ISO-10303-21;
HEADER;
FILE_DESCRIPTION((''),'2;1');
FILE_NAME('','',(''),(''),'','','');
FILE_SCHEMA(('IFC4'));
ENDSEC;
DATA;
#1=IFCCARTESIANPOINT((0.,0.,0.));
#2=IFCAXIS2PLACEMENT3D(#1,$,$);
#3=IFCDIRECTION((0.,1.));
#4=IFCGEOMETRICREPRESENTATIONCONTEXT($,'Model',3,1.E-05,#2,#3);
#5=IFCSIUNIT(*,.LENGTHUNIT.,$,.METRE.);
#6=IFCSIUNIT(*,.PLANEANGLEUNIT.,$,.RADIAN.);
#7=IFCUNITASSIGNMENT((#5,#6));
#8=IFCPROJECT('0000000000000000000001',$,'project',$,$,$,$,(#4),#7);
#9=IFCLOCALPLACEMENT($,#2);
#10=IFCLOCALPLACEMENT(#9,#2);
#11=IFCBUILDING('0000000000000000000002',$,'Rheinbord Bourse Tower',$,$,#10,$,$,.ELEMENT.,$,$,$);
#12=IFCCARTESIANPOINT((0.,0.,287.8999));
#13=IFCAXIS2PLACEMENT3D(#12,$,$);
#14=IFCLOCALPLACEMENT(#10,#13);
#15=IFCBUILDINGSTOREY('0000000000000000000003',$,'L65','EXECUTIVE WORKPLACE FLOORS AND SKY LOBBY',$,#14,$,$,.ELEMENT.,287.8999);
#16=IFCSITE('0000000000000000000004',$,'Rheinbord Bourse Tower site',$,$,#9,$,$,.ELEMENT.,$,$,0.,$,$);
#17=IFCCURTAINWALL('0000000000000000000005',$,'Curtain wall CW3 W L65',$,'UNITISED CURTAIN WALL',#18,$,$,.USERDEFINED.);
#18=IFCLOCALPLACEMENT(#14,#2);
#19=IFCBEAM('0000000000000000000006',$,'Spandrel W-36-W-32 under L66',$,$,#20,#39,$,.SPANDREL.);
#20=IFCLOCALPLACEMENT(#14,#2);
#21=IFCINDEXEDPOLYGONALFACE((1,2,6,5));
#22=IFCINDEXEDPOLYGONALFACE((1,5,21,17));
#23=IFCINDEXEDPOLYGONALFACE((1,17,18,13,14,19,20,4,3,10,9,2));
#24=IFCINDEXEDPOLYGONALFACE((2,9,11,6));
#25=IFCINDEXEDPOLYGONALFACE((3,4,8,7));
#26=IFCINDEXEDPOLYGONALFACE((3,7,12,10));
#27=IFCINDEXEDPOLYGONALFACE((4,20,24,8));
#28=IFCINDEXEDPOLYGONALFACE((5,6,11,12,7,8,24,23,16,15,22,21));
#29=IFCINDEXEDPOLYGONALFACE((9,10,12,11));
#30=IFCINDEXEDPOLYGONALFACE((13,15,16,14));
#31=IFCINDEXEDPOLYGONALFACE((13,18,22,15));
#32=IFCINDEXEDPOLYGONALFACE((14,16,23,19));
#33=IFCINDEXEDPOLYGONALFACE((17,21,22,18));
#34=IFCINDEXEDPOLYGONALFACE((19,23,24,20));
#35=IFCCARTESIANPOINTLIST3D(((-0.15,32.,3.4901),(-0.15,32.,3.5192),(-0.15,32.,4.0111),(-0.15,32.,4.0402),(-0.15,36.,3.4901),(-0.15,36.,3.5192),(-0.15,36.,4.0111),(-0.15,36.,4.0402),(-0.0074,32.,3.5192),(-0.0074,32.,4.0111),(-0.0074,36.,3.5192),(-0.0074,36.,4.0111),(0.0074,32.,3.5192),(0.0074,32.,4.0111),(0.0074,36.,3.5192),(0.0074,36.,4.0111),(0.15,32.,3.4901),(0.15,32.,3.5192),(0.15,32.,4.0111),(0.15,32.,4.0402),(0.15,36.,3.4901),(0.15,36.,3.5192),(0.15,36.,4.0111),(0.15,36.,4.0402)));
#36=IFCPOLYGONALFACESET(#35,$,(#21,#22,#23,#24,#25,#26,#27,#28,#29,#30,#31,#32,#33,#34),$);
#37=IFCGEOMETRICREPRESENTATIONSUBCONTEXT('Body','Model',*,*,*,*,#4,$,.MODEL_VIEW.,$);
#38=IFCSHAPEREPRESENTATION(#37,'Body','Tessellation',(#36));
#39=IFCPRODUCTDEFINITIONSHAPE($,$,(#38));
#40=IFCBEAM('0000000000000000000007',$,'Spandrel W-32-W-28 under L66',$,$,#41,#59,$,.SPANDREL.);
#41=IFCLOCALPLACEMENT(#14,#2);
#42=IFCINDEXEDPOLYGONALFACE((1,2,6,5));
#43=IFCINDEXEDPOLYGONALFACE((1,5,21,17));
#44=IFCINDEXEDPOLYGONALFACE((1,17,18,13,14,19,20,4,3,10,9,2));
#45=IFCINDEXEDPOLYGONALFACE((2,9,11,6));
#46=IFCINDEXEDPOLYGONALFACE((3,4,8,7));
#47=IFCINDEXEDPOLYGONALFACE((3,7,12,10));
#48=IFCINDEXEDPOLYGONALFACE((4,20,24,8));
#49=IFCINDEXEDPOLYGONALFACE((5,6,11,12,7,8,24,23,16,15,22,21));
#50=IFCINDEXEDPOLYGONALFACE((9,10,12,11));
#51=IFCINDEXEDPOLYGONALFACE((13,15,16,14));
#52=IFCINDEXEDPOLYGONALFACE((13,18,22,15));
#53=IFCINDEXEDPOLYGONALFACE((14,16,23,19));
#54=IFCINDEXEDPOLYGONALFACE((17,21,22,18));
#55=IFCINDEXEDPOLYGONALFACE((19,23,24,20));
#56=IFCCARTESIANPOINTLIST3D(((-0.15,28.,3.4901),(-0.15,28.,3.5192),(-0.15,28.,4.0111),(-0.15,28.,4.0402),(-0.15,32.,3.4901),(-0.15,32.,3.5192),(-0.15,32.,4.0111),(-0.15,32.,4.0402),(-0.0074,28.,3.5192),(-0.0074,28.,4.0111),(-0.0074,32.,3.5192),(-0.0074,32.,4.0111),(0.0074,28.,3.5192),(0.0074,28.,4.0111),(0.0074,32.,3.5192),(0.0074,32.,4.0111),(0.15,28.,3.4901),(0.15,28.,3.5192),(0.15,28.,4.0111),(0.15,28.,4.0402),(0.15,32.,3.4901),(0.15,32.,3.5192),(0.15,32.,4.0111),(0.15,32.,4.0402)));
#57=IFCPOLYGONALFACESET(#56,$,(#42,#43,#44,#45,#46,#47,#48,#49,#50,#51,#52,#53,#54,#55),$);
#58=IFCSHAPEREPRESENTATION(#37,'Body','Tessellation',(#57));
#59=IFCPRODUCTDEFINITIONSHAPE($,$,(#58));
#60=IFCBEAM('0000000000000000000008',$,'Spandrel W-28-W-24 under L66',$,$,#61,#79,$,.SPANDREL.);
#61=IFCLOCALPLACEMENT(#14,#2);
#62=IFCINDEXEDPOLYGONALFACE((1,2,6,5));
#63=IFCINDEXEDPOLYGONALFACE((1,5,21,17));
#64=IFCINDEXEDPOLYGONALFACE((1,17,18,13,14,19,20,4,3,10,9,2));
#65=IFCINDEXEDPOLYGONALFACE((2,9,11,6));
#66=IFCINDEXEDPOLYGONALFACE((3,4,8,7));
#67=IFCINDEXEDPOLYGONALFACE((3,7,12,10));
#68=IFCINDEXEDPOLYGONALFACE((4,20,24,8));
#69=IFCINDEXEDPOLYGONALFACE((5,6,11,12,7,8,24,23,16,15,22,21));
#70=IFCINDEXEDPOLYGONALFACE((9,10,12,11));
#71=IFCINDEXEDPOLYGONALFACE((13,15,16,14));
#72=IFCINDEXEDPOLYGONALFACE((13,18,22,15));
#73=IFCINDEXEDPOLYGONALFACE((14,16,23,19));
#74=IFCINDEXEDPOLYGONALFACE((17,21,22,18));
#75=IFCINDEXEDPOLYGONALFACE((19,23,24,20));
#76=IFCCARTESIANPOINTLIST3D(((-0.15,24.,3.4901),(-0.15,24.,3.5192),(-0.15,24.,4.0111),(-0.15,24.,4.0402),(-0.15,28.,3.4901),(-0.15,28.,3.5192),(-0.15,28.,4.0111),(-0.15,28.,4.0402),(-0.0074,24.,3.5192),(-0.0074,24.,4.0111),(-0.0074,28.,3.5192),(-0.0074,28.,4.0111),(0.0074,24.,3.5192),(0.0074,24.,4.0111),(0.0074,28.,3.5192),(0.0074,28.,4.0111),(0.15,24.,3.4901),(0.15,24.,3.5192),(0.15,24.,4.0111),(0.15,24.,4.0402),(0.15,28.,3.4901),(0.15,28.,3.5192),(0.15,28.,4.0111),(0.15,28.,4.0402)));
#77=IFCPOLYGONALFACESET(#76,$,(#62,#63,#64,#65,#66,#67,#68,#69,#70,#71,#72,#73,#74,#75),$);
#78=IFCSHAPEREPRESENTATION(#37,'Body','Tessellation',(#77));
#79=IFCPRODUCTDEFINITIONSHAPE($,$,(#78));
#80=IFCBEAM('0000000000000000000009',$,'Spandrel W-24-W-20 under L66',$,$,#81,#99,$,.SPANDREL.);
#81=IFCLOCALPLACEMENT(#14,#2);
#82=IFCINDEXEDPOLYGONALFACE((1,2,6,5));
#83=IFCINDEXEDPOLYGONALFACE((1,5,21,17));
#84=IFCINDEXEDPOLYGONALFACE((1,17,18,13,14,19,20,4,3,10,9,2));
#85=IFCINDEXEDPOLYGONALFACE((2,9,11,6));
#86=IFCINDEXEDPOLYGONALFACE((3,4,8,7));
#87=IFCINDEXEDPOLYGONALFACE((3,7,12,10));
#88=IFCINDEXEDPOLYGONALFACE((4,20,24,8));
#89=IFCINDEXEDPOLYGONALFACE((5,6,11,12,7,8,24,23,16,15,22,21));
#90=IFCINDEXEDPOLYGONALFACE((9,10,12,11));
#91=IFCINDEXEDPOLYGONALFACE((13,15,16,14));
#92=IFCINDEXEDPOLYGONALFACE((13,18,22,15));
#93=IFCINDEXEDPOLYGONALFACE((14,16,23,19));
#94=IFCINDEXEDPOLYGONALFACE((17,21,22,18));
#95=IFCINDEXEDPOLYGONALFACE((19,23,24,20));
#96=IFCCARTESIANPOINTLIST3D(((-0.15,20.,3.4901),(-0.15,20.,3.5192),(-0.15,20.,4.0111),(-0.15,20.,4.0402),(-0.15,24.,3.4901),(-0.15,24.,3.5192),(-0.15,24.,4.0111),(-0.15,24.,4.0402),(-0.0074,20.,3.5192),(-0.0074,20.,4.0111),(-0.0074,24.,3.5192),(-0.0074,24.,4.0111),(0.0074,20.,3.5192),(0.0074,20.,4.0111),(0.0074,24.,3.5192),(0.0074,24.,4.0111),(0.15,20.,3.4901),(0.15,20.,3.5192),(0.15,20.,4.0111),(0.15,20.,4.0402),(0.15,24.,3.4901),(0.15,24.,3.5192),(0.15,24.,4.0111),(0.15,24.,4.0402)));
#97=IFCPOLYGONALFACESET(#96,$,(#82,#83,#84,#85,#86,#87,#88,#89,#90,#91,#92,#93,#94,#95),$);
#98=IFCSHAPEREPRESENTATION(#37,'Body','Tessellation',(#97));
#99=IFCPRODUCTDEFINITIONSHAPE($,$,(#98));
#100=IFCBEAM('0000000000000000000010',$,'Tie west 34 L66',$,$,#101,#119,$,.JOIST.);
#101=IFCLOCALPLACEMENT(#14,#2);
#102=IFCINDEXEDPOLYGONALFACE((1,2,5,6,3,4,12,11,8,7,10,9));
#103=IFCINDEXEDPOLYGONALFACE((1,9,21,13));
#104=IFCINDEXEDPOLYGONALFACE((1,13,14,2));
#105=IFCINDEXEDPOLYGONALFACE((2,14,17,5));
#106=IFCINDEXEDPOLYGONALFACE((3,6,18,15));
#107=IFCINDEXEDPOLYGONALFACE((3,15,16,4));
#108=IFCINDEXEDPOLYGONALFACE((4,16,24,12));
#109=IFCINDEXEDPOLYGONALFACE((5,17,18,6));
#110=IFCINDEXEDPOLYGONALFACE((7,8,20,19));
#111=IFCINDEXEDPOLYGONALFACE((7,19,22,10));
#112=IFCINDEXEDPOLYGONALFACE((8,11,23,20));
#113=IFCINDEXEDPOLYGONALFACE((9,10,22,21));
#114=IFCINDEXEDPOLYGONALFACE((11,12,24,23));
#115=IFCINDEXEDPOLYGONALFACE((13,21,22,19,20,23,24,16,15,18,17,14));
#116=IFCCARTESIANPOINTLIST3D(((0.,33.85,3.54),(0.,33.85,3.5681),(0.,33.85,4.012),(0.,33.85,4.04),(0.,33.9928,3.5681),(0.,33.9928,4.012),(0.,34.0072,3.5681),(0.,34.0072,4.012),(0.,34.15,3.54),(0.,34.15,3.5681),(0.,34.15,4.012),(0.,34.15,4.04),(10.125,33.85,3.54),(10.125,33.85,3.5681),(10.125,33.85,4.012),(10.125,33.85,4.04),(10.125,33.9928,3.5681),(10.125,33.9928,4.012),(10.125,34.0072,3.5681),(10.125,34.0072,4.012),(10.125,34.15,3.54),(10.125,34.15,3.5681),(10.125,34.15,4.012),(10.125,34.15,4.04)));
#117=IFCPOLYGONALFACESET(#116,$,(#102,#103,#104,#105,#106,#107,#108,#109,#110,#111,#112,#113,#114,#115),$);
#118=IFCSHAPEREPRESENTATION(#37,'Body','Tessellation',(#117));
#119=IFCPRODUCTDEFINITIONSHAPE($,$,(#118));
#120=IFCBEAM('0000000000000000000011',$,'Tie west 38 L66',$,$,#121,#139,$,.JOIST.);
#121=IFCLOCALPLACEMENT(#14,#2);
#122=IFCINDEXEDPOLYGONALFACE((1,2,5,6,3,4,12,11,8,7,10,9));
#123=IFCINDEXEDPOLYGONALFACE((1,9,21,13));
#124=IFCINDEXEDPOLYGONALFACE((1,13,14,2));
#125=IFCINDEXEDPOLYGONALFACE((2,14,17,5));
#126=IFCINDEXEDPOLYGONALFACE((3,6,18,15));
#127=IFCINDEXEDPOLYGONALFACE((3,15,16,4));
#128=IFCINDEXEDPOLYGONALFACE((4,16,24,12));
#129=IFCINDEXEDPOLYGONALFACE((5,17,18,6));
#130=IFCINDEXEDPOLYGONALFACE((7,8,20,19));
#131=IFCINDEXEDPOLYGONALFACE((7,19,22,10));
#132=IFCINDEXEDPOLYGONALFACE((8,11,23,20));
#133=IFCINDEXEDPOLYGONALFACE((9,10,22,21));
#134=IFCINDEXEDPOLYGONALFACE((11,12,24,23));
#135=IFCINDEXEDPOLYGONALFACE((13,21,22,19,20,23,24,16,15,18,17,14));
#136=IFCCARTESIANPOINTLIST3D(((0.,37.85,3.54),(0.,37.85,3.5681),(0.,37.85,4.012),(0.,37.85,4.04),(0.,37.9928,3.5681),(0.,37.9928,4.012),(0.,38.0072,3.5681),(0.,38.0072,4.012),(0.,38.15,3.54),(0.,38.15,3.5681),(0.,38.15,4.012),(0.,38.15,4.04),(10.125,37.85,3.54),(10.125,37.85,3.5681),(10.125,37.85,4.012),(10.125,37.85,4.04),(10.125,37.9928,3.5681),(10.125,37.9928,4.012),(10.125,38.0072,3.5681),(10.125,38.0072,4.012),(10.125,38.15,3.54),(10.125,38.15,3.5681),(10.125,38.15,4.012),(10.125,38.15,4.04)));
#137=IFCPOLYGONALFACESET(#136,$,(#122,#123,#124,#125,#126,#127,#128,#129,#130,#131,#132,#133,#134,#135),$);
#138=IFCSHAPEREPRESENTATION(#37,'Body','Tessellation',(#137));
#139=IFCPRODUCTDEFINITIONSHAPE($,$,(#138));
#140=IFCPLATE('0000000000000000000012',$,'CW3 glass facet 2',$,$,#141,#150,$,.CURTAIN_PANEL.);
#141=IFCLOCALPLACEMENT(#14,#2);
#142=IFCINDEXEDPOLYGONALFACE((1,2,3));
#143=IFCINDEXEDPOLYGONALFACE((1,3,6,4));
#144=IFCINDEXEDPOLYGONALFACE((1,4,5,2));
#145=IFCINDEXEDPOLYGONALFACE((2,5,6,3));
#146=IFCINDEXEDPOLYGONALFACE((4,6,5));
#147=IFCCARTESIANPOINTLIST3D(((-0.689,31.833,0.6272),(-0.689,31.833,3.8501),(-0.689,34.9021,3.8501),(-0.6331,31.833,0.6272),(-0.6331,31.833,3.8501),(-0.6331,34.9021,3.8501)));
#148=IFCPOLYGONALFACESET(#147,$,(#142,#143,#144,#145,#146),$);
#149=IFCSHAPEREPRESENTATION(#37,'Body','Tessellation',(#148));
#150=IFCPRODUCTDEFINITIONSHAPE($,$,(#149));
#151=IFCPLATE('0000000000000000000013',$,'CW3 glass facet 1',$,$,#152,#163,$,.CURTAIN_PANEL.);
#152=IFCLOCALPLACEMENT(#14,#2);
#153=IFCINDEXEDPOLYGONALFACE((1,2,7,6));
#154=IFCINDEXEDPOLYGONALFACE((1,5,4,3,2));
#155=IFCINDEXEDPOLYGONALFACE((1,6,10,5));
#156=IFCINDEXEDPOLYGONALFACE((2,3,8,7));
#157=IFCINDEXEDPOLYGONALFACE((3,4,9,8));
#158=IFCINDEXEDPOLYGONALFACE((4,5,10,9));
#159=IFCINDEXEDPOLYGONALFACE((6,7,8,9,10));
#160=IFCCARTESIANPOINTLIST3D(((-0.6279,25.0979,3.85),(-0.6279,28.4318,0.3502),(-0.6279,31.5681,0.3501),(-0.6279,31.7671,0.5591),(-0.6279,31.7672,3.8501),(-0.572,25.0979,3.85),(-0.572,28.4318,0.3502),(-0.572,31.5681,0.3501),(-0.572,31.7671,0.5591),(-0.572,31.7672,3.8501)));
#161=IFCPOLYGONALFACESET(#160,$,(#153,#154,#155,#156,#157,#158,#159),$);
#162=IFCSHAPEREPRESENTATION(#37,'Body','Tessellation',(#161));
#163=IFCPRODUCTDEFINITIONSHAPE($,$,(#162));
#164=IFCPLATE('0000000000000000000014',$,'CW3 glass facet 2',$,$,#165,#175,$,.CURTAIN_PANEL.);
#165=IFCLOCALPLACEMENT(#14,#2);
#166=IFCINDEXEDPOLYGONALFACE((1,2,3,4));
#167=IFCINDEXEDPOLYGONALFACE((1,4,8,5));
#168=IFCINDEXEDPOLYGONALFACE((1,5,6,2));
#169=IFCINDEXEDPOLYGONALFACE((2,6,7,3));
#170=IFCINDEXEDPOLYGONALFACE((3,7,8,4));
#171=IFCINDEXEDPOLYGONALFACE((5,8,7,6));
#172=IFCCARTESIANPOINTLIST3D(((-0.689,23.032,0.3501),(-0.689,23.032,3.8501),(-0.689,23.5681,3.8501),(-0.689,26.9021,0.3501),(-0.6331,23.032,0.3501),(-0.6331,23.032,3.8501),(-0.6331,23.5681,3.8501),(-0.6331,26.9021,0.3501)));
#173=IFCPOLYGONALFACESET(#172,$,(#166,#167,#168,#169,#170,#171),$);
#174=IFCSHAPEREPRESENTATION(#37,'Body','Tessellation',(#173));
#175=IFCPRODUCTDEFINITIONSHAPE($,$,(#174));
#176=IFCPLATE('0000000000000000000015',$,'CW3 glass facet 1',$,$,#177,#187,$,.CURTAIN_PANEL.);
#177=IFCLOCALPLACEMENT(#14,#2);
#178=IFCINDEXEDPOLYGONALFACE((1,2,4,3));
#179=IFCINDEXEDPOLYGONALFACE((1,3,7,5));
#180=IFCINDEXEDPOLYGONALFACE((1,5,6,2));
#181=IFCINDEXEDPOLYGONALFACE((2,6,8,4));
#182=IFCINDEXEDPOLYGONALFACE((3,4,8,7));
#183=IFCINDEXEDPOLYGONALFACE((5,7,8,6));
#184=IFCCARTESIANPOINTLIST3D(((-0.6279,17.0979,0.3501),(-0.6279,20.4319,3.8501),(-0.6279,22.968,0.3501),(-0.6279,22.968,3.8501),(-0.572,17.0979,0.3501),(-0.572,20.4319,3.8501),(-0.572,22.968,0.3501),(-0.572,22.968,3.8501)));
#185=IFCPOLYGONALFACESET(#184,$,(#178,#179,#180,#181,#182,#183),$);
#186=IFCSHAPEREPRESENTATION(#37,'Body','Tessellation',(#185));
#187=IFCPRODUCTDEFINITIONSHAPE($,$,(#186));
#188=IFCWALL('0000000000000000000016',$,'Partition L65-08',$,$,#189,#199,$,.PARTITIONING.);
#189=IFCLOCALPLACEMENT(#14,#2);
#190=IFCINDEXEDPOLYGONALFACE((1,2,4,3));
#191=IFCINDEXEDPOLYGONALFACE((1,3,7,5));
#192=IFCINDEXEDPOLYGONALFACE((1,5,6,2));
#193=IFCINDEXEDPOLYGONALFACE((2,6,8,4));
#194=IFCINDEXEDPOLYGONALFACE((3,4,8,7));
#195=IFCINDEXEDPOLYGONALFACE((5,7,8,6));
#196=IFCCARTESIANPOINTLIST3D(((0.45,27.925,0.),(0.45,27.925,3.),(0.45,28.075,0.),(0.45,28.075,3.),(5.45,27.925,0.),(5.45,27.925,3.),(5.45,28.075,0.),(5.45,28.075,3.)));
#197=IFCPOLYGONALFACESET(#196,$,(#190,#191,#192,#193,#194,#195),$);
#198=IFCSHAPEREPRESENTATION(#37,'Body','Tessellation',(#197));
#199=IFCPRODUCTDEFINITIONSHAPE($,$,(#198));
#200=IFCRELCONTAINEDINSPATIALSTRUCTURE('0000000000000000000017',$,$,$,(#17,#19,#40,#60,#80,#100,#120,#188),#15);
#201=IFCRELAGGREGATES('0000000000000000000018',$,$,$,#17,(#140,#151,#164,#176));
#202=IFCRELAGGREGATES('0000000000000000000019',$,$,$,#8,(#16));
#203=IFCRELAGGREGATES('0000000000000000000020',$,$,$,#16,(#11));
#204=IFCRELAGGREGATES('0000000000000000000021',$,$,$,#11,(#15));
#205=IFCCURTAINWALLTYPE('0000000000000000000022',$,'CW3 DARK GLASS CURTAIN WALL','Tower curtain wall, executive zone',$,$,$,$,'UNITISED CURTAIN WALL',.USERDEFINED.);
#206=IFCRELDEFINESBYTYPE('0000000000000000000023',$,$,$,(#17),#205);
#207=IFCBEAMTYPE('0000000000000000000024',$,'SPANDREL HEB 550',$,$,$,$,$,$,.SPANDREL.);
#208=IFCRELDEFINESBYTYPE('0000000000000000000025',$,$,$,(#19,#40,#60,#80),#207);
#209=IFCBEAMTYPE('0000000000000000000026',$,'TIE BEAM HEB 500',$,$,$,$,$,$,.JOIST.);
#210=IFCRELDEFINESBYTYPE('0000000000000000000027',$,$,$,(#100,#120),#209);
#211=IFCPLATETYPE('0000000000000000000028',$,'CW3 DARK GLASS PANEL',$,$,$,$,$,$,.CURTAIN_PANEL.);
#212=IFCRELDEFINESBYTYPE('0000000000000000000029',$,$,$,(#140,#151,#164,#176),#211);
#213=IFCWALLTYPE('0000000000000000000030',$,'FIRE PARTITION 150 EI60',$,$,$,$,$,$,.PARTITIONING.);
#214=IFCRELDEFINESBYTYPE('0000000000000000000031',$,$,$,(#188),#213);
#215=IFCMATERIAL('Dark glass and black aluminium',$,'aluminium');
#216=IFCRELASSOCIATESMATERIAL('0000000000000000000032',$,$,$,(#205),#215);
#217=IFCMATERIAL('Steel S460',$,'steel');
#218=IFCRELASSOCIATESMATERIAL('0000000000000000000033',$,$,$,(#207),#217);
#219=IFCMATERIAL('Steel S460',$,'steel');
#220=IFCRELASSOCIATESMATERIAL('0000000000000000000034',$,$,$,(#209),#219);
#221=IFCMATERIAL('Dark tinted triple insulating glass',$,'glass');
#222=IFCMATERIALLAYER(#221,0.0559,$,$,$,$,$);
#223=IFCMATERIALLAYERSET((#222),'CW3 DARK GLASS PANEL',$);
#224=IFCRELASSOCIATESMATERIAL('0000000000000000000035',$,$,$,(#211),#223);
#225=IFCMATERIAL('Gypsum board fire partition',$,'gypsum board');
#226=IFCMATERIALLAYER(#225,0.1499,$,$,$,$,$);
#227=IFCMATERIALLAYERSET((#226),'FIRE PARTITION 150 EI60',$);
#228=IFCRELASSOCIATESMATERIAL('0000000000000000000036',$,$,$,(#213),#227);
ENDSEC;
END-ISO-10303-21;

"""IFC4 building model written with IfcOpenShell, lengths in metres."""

from ifc_helpers import new_model, si_unit, direction, frame, frame_2d, origin, origin_2d, place, context, subcontext, project, spatial, polyline, rectangle, i_section, outline, extrude, material, layer, layer_set, material_profile, profile_set, type_object, element, aggregate, save


model = new_model("IFC4")

# Units and contexts
model_context = context("Model", 3, precision=1e-05, world=origin(), true_north=direction((0.0, 1.0)))
body_context = subcontext(model_context, "Body", "Model", "MODEL_VIEW")
ifc_project = project(units=[si_unit("LENGTHUNIT", "METRE"), si_unit("PLANEANGLEUNIT", "RADIAN")], contexts=[model_context])

# Site, building, storey
site_placement = place(None, origin())
site = spatial("IfcSite", under=ifc_project, at=site_placement, Name="Rheinbord Bourse Tower site", CompositionType="ELEMENT", RefElevation=0.0)
building_placement = place(site_placement, origin())
building = spatial("IfcBuilding", under=site, at=building_placement, Name="Rheinbord Bourse Tower", CompositionType="ELEMENT")
storey_placement = place(building_placement, frame((0.0, 0.0, 287.8999)))
storey = spatial("IfcBuildingStorey", under=building, at=storey_placement, Name="L65", Description="EXECUTIVE WORKPLACE FLOORS AND SKY LOBBY", CompositionType="ELEMENT", Elevation=287.8999)

# Curtain wall
ifc_material_1 = material(Name="Dark glass and black aluminium", Category="aluminium")
curtain_wall_type = type_object("IfcCurtainWallType", Name="CW3 DARK GLASS CURTAIN WALL", Description="Tower curtain wall, executive zone", ElementType="UNITISED CURTAIN WALL", PredefinedType="USERDEFINED", material=ifc_material_1)
curtain_wall_placement = place(storey_placement, origin())
curtain_wall = element("IfcCurtainWall", 1, at=curtain_wall_placement, inside=storey, type_object=curtain_wall_type, Name="Curtain wall CW3 W L65", ObjectType="UNITISED CURTAIN WALL", PredefinedType="USERDEFINED")

# Beams
ifc_material_2 = material(Name="Steel S460", Category="steel")
ifc_material_profile_1 = material_profile(ifc_material_2, i_section(OverallWidth=0.3, OverallDepth=0.55, WebThickness=0.0149, FlangeThickness=0.0291, at=origin_2d()), Name="HEB 550")
ifc_profile_set_1 = profile_set([ifc_material_profile_1], Name="Steel S460")
beam_type_1 = type_object("IfcBeamType", Name="SPANDREL HEB 550", PredefinedType="SPANDREL", material=ifc_profile_set_1)
for number, where, z_axis, x_axis, name in (
    (2, (0.0, 36.0, 3.7651), (0.0, -1.0, 0.0), (1.0, 0.0, 0.0), "Spandrel W-36-W-32 under L66"),
    (3, (0.0, 32.0, 3.7651), (0.0, -1.0, 0.0), (1.0, 0.0, 0.0), "Spandrel W-32-W-28 under L66"),
    (4, (0.0, 28.0, 3.7651), (0.0, -1.0, 0.0), (1.0, 0.0, 0.0), "Spandrel W-28-W-24 under L66"),
    (5, (0.0, 24.0, 3.7651), (0.0, -1.0, 0.0), (1.0, 0.0, 0.0), "Spandrel W-24-W-20 under L66"),
):
    element("IfcBeam", number, at=place(storey_placement, frame(where, z_axis=z_axis, x_axis=x_axis)), inside=storey, type_object=beam_type_1, Name=name, PredefinedType="SPANDREL", context=body_context, shape_type="SweptSolid", body=[
        extrude(i_section(OverallWidth=0.3, OverallDepth=0.55, WebThickness=0.0149, FlangeThickness=0.0291, at=origin_2d()), origin(), (0.0, 0.0, 1.0), 4.0),
    ])
ifc_material_3 = material(Name="Steel S460", Category="steel")
ifc_material_profile_2 = material_profile(ifc_material_3, i_section(OverallWidth=0.3, OverallDepth=0.5, WebThickness=0.0144, FlangeThickness=0.0281, at=origin_2d()), Name="HEB 500")
ifc_profile_set_2 = profile_set([ifc_material_profile_2], Name="Steel S460")
beam_type_2 = type_object("IfcBeamType", Name="TIE BEAM HEB 500", PredefinedType="JOIST", material=ifc_profile_set_2)
for number, where, z_axis, x_axis, name in (
    (6, (0.0, 34.0, 3.79), (1.0, 0.0, 0.0), (0.0, 1.0, 0.0), "Tie west 34 L66"),
    (7, (0.0, 38.0, 3.79), (1.0, 0.0, 0.0), (0.0, 1.0, 0.0), "Tie west 38 L66"),
):
    element("IfcBeam", number, at=place(storey_placement, frame(where, z_axis=z_axis, x_axis=x_axis)), inside=storey, type_object=beam_type_2, Name=name, PredefinedType="JOIST", context=body_context, shape_type="SweptSolid", body=[
        extrude(i_section(OverallWidth=0.3, OverallDepth=0.5, WebThickness=0.0144, FlangeThickness=0.0281, at=origin_2d()), origin(), (0.0, 0.0, 1.0), 10.125),
    ])

# Plates
ifc_material_4 = material(Name="Dark tinted triple insulating glass", Category="glass")
ifc_layer_1 = layer(ifc_material_4, 0.0559)
ifc_layer_set_1 = layer_set([ifc_layer_1], Name="CW3 DARK GLASS PANEL")
plate_type = type_object("IfcPlateType", Name="CW3 DARK GLASS PANEL", PredefinedType="CURTAIN_PANEL", material=ifc_layer_set_1)
plate_1_placement = place(storey_placement, frame((-0.689, 31.833, 3.8501), z_axis=(1.0, 0.0, 0.0), x_axis=(0.0, 0.0, -1.0)))
plate_1 = element("IfcPlate", 8, at=plate_1_placement, type_object=plate_type, Name="CW3 glass facet 2", PredefinedType="CURTAIN_PANEL", context=body_context, shape_type="SweptSolid", body=[
    extrude(outline(polyline([(0.0, 0.0), (3.2229, 0.0), (0.0, 3.0691), (0.0, 0.0)])), origin(), (0.0, 0.0, 1.0), 0.0559),
])
plate_2_placement = place(storey_placement, frame((-0.6279, 31.5681, 0.3501), z_axis=(1.0, 0.0, 0.0), x_axis=(0.0, 0.68955, 0.724239)))
plate_2 = element("IfcPlate", 9, at=plate_2_placement, type_object=plate_type, Name="CW3 glass facet 1", PredefinedType="CURTAIN_PANEL", context=body_context, shape_type="SweptSolid", body=[
    extrude(outline(polyline([(0.0, 0.0), (0.2886, 0.0), (2.6721, 2.2693), (-1.9268, 7.0994), (-2.1626, 2.2715), (0.0, 0.0)])), origin(), (0.0, 0.0, 1.0), 0.0559),
])
plate_3_placement = place(storey_placement, frame((-0.689, 23.032, 3.8501), z_axis=(1.0, 0.0, 0.0), x_axis=(0.0, 0.0, -1.0)))
plate_3 = element("IfcPlate", 10, at=plate_3_placement, type_object=plate_type, Name="CW3 glass facet 2", PredefinedType="CURTAIN_PANEL", context=body_context, shape_type="SweptSolid", body=[
    extrude(outline(polyline([(0.0, 0.0), (3.5, 0.0), (3.5, 3.8701), (0.0, 0.5361), (0.0, 0.0)])), origin(), (0.0, 0.0, 1.0), 0.0559),
])
plate_4_placement = place(storey_placement, frame((-0.6279, 22.968, 0.3501), z_axis=(1.0, 0.0, 0.0), x_axis=(0.0, 0.0, 1.0)))
plate_4 = element("IfcPlate", 11, at=plate_4_placement, type_object=plate_type, Name="CW3 glass facet 1", PredefinedType="CURTAIN_PANEL", context=body_context, shape_type="SweptSolid", body=[
    extrude(outline(polyline([(0.0, 0.0), (3.5, 0.0), (3.5, 2.5361), (0.0, 5.8701), (0.0, 0.0)])), origin(), (0.0, 0.0, 1.0), 0.0559),
])
aggregate(curtain_wall, [plate_1, plate_2, plate_3, plate_4])

# Wall
ifc_material_5 = material(Name="Gypsum board fire partition", Category="gypsum board")
ifc_layer_2 = layer(ifc_material_5, 0.1499)
ifc_layer_set_2 = layer_set([ifc_layer_2], Name="FIRE PARTITION 150 EI60")
wall_type = type_object("IfcWallType", Name="FIRE PARTITION 150 EI60", PredefinedType="PARTITIONING", material=ifc_layer_set_2)
for number, where, z_axis, x_axis, name in (
    (12, (0.45, 28.0, 0.0), (0.0, 0.0, 1.0), (1.0, 0.0, 0.0), "Partition L65-08"),
):
    element("IfcWall", number, at=place(storey_placement, frame(where, z_axis=z_axis, x_axis=x_axis)), inside=storey, type_object=wall_type, Name=name, PredefinedType="PARTITIONING", context=body_context, shape_type="SweptSolid", body=[
        extrude(rectangle(XDim=5.0, YDim=0.1499, at=frame_2d((2.5, 0.0))), origin(), (0.0, 0.0, 1.0), 3.0),
    ])

save(model, "model.ifc")
